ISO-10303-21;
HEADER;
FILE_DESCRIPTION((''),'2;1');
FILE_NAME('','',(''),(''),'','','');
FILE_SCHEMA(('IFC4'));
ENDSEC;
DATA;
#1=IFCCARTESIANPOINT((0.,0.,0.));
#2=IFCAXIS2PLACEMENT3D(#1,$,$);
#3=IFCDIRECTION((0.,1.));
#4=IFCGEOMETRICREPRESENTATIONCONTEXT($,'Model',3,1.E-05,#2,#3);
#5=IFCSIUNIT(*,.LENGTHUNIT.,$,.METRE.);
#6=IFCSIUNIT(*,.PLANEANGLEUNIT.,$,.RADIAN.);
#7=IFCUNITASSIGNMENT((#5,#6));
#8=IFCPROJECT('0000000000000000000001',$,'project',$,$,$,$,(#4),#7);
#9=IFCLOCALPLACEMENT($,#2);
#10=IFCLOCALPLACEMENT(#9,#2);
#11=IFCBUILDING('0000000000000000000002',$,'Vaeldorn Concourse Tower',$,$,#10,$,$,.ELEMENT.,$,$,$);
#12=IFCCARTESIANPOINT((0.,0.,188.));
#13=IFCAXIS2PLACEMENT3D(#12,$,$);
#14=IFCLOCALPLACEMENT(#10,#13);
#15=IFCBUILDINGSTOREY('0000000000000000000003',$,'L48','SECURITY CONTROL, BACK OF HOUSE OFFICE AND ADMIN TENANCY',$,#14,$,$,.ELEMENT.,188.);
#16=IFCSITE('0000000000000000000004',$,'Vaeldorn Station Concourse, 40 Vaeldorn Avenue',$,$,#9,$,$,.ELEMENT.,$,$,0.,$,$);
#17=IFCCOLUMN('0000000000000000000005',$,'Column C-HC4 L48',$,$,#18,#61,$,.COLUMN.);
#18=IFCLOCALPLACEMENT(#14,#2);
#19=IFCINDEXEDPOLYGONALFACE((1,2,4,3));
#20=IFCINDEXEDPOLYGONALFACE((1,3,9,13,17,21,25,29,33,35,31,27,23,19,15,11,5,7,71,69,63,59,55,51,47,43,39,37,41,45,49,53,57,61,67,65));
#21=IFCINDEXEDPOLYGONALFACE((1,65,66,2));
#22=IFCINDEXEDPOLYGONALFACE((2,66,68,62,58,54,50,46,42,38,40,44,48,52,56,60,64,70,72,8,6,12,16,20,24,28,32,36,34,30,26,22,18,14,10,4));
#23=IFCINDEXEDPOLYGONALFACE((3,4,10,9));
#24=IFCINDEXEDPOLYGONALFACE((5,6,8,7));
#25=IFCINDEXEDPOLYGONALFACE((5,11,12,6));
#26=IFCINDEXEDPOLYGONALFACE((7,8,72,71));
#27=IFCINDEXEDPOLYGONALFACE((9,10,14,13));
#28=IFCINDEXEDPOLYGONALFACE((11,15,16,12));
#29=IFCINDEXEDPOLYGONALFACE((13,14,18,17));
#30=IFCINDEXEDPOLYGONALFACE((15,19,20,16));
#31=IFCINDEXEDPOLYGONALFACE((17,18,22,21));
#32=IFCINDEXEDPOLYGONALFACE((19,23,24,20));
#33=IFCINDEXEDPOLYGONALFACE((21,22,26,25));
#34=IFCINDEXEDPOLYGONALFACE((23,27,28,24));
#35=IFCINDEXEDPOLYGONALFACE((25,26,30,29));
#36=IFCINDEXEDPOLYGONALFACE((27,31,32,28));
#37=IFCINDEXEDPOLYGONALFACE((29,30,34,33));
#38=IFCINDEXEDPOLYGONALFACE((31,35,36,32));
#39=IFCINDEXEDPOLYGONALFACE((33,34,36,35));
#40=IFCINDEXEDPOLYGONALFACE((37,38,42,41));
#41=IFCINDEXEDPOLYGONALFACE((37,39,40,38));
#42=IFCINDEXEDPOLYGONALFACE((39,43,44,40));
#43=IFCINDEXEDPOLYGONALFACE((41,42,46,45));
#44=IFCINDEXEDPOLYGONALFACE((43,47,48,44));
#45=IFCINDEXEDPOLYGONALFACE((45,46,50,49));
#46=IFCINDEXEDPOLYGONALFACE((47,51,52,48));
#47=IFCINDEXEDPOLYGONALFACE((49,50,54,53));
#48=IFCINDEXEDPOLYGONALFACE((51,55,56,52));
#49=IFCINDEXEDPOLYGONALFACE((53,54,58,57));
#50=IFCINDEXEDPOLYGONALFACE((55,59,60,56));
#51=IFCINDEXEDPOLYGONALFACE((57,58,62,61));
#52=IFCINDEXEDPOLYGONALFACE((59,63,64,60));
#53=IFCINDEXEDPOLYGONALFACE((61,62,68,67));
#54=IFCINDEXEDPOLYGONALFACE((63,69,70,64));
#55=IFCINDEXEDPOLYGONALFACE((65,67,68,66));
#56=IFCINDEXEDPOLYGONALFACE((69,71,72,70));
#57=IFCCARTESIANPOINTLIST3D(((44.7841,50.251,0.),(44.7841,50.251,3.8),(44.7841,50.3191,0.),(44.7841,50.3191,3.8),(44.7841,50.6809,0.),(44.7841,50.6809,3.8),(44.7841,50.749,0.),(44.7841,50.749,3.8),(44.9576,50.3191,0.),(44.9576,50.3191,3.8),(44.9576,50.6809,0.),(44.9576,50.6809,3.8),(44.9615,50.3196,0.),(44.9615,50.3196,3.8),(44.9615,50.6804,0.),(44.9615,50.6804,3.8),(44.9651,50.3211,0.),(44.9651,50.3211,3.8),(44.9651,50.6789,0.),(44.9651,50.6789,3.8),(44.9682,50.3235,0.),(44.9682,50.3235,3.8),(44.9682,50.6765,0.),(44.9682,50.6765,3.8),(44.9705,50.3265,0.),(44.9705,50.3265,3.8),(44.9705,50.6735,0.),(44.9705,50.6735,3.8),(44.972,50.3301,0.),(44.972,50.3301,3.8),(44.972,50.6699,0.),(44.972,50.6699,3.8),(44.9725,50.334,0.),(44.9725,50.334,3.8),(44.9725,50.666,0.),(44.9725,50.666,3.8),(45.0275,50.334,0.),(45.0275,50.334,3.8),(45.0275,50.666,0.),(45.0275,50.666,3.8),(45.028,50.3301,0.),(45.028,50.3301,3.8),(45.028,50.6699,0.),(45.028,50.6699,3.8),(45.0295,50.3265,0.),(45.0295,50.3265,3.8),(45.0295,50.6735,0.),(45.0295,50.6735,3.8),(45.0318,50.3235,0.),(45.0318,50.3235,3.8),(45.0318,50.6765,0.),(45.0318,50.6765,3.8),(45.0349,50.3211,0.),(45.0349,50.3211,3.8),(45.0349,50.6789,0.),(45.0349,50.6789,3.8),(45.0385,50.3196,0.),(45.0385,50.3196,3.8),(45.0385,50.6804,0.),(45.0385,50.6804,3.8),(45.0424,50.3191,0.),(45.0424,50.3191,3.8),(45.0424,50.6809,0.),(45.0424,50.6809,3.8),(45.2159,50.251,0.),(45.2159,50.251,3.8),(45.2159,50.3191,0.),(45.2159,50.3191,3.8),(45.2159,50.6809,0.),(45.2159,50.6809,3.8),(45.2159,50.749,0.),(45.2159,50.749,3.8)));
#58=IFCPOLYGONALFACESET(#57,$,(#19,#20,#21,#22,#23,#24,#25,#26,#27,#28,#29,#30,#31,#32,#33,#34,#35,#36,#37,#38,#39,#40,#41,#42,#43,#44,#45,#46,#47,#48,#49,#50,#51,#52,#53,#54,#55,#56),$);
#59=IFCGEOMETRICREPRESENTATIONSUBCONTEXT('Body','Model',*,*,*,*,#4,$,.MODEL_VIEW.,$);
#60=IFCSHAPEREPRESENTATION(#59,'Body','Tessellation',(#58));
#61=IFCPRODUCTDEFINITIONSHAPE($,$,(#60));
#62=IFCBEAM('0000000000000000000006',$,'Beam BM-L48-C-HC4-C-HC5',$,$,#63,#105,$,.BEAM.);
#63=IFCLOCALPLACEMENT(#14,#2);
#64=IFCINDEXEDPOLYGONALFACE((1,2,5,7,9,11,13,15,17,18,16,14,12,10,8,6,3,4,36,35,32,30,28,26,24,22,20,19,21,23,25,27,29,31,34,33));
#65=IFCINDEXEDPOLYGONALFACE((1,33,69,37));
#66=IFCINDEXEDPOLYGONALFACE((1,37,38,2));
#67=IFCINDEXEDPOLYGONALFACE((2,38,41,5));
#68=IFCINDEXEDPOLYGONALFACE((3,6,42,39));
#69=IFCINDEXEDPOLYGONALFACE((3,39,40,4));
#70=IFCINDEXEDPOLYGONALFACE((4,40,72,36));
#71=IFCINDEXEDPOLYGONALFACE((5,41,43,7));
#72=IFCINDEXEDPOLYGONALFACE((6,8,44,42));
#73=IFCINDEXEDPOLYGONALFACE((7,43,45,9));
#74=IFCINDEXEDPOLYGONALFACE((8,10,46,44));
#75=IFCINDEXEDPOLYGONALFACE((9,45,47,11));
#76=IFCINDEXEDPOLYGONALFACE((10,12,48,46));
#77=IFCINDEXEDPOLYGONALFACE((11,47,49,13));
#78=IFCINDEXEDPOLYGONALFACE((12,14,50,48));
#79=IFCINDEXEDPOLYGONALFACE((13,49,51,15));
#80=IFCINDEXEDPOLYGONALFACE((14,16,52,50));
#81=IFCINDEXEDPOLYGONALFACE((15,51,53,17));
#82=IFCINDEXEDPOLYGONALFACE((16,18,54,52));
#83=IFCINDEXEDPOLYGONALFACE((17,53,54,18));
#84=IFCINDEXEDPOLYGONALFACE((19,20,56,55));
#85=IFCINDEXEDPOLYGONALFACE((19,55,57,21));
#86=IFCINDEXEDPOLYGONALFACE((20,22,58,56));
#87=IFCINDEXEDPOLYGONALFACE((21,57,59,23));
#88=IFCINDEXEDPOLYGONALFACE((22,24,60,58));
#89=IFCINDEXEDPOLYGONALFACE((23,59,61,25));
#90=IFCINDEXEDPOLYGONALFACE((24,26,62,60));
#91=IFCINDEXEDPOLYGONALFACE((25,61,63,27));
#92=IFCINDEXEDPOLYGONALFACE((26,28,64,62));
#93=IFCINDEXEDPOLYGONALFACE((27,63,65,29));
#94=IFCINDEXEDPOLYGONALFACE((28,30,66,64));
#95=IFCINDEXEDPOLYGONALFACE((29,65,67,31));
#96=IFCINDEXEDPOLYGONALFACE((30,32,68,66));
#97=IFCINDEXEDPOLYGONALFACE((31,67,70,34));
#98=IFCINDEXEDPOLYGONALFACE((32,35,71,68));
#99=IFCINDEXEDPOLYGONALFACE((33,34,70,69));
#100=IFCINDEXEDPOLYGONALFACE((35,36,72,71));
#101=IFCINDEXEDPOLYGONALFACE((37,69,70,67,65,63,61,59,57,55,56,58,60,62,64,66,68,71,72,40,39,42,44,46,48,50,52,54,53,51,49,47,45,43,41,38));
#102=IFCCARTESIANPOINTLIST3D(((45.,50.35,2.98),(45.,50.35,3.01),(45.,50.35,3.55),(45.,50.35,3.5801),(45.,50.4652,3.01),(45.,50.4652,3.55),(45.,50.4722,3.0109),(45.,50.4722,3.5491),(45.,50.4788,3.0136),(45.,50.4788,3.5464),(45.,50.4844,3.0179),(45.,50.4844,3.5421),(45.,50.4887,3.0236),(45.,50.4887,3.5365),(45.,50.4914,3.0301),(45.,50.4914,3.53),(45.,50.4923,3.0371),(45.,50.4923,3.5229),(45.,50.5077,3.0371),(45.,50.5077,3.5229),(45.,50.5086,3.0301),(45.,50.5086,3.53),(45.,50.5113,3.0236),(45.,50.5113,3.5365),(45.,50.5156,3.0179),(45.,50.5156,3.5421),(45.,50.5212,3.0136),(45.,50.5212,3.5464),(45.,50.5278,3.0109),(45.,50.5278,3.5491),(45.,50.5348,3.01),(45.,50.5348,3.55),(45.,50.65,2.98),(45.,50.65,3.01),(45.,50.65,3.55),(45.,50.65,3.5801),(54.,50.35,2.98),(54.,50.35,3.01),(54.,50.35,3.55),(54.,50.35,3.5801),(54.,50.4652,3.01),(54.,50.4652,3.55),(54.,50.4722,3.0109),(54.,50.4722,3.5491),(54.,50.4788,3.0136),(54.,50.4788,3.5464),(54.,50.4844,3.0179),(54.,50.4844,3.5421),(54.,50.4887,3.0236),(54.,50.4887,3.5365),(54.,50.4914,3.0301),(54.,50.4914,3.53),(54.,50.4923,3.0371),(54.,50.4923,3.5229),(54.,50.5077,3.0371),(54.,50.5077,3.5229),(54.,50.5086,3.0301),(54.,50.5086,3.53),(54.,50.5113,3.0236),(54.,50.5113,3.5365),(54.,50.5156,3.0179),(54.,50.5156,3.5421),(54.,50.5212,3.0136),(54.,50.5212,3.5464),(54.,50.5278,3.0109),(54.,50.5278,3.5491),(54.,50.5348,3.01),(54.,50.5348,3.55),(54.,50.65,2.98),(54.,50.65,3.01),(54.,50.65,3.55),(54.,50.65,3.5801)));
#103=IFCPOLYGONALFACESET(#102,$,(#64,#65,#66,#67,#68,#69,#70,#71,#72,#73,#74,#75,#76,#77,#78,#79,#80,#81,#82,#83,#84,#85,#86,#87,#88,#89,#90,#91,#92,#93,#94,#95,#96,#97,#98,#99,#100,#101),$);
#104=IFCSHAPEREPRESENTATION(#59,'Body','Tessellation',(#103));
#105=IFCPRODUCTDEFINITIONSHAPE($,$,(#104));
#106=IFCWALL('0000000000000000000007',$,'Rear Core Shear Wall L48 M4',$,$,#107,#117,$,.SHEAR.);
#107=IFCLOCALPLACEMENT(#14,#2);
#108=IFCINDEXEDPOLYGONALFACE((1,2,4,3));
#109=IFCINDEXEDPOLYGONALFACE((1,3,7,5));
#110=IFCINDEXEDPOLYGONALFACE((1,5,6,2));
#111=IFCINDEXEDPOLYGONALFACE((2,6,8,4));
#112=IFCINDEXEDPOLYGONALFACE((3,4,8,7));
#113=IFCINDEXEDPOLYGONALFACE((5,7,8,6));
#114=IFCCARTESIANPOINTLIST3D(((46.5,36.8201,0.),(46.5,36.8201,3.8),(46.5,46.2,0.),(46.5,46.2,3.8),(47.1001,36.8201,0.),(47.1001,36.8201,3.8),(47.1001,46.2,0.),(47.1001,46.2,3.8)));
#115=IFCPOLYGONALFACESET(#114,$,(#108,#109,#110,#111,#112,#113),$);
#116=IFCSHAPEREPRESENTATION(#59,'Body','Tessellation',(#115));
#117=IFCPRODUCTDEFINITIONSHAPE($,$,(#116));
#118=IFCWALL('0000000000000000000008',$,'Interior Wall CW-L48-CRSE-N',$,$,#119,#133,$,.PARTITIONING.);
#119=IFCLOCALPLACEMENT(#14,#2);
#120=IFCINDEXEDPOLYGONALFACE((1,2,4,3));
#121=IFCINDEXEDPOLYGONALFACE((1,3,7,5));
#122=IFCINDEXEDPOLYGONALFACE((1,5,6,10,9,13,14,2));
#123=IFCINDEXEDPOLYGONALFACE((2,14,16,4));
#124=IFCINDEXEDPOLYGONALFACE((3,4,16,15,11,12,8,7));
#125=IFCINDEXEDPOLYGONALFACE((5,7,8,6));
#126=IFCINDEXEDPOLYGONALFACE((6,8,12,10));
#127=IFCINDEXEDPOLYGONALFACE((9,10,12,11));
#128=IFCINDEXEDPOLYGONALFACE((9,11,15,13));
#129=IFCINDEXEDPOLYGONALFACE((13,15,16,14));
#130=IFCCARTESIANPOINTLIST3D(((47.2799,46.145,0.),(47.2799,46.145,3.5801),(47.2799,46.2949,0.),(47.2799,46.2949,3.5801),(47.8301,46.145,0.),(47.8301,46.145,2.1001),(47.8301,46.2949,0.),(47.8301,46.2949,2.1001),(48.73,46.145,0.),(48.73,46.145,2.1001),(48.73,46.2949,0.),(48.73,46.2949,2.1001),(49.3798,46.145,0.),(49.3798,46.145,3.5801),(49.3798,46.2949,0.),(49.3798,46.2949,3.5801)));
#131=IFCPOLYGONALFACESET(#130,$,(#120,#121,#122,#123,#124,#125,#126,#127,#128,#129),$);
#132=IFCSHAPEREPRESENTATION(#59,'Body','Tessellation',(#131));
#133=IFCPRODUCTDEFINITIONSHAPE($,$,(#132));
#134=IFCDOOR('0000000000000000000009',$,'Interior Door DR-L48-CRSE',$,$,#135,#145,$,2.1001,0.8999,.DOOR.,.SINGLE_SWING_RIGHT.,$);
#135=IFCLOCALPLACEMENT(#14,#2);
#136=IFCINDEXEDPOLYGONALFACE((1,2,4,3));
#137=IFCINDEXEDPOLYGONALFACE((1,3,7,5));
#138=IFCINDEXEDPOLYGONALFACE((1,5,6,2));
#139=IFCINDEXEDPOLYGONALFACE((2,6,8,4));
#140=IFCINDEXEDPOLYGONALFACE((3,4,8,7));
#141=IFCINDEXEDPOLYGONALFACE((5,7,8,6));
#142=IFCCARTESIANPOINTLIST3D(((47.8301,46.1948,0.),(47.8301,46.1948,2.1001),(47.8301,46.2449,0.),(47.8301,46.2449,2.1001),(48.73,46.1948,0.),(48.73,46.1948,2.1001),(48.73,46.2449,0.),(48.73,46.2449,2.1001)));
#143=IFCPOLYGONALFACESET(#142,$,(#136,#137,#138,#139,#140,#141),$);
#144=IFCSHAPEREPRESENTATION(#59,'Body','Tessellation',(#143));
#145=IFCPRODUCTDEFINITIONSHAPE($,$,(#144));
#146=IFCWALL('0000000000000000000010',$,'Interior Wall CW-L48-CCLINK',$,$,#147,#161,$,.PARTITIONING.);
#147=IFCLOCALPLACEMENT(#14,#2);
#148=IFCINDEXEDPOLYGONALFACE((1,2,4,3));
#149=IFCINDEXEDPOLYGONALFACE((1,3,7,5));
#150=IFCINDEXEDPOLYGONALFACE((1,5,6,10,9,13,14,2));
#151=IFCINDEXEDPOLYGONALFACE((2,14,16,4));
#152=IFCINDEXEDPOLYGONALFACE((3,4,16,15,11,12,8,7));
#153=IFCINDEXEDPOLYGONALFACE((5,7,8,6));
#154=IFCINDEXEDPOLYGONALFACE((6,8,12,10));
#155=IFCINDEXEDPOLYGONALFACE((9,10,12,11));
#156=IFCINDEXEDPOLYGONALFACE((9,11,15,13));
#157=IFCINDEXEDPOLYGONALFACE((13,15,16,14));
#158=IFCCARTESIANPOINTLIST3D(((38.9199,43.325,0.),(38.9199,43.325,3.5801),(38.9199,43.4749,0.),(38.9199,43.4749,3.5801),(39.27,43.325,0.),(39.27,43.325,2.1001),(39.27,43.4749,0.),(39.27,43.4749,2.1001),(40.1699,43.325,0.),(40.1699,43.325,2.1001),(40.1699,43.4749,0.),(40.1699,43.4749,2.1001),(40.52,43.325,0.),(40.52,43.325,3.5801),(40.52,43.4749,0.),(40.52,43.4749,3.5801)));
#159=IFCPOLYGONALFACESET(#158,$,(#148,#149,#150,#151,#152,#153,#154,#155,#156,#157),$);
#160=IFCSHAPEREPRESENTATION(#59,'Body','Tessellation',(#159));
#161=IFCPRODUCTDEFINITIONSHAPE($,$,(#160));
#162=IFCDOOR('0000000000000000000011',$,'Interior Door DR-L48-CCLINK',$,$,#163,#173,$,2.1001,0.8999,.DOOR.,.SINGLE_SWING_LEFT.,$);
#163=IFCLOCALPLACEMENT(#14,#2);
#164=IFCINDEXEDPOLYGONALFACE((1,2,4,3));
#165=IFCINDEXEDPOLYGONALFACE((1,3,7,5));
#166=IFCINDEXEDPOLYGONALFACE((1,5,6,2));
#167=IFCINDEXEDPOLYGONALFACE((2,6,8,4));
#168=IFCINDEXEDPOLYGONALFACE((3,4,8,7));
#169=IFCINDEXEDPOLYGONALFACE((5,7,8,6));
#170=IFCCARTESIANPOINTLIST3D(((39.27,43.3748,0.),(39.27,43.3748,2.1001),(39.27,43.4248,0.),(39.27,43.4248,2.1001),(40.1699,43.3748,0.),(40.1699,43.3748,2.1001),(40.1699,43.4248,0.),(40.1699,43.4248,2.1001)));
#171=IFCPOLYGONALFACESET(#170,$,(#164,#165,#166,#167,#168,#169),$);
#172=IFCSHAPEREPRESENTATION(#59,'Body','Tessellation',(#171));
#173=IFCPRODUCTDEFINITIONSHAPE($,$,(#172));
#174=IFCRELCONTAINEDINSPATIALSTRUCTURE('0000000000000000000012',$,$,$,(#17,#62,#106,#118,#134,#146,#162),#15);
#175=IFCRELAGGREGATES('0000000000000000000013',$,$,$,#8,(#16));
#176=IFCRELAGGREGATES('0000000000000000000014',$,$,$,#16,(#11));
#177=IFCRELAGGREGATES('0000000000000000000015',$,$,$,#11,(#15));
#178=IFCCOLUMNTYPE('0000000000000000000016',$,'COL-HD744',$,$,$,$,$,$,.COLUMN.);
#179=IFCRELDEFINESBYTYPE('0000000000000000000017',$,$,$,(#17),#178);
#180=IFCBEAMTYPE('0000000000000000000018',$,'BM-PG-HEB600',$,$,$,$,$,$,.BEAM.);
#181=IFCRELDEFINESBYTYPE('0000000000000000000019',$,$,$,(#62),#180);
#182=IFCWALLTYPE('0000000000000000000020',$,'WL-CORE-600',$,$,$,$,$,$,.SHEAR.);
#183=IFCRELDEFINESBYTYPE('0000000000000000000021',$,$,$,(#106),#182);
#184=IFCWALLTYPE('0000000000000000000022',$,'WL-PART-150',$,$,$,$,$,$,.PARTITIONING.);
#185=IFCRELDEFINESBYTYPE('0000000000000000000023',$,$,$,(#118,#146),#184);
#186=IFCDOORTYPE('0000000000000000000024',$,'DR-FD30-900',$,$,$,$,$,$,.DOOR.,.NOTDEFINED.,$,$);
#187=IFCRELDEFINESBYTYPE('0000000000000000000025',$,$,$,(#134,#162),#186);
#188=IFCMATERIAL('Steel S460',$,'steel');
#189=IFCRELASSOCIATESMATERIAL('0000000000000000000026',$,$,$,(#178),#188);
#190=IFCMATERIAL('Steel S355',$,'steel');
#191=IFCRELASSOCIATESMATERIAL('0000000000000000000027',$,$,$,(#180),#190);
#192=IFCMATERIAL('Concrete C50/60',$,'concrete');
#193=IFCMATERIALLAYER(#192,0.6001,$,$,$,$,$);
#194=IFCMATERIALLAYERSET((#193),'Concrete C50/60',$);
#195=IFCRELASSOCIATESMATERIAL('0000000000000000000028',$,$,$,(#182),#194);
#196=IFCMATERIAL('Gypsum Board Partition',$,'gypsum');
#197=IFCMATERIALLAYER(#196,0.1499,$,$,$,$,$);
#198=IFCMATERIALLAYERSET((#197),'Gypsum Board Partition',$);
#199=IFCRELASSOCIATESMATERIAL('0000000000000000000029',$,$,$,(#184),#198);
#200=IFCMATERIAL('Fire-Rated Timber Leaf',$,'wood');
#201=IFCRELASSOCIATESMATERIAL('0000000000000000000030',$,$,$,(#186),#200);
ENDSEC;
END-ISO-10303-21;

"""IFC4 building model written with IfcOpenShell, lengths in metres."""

from ifc_helpers import new_model, si_unit, direction, frame, frame_2d, origin, origin_2d, place, context, subcontext, project, spatial, rectangle, i_section, extrude, source, transform, mapped, material, layer, layer_set, material_profile, profile_set, type_object, element, fill, save


model = new_model("IFC4")

# Units and contexts
model_context = context("Model", 3, precision=1e-05, world=origin(), true_north=direction((0.0, 1.0)))
body_context = subcontext(model_context, "Body", "Model", "MODEL_VIEW")
ifc_project = project(units=[si_unit("LENGTHUNIT", "METRE"), si_unit("PLANEANGLEUNIT", "RADIAN")], contexts=[model_context])

# Site, building, storey
site_placement = place(None, origin())
site = spatial("IfcSite", under=ifc_project, at=site_placement, Name="Vaeldorn Station Concourse, 40 Vaeldorn Avenue", CompositionType="ELEMENT", RefElevation=0.0)
building_placement = place(site_placement, origin())
building = spatial("IfcBuilding", under=site, at=building_placement, Name="Vaeldorn Concourse Tower", CompositionType="ELEMENT")
storey_placement = place(building_placement, frame((0.0, 0.0, 188.0)))
storey = spatial("IfcBuildingStorey", under=building, at=storey_placement, Name="L48", Description="SECURITY CONTROL, BACK OF HOUSE OFFICE AND ADMIN TENANCY", CompositionType="ELEMENT", Elevation=188.0)

# Column
ifc_material_1 = material(Name="Steel S460", Category="steel")
ifc_material_profile_1 = material_profile(ifc_material_1, i_section(OverallWidth=0.4319, OverallDepth=0.498, WebThickness=0.0549, FlangeThickness=0.0681, FilletRadius=0.0149, at=origin_2d()), Name="HD 400x744")
ifc_profile_set_1 = profile_set([ifc_material_profile_1], Name="Steel S460")
column_type = type_object("IfcColumnType", Name="COL-HD744", PredefinedType="COLUMN", material=ifc_profile_set_1)
shared_shape_1 = source(origin(), body_context, "Body", "SweptSolid", [
    extrude(i_section(OverallWidth=0.4319, OverallDepth=0.498, WebThickness=0.0549, FlangeThickness=0.0681, FilletRadius=0.0149, at=origin_2d()), origin(), (0.0, 0.0, 1.0), 3.8),
])
column_placement = place(storey_placement, frame((45.0, 50.5, 0.0), z_axis=(0.0, 0.0, 1.0), x_axis=(1.0, 0.0, 0.0)))
element("IfcColumn", 1, at=column_placement, inside=storey, type_object=column_type, Name="Column C-HC4 L48", PredefinedType="COLUMN", context=body_context, shape_type="MappedRepresentation", body=[
    mapped(shared_shape_1, transform((0.0, 0.0, 0.0), scale=1.0)),
])

# Beam
ifc_material_2 = material(Name="Steel S355", Category="steel")
ifc_material_profile_2 = material_profile(ifc_material_2, i_section(OverallWidth=0.3, OverallDepth=0.6001, WebThickness=0.0154, FlangeThickness=0.03, FilletRadius=0.0271, at=origin_2d()), Name="HEB 600")
ifc_profile_set_2 = profile_set([ifc_material_profile_2], Name="Steel S355")
beam_type = type_object("IfcBeamType", Name="BM-PG-HEB600", PredefinedType="BEAM", material=ifc_profile_set_2)
shared_shape_2 = source(origin(), body_context, "Body", "SweptSolid", [
    extrude(i_section(OverallWidth=0.3, OverallDepth=0.6001, WebThickness=0.0154, FlangeThickness=0.03, FilletRadius=0.0271, at=origin_2d()), origin(), (0.0, 0.0, 1.0), 9.0),
])
beam_placement = place(storey_placement, frame((45.0, 50.5, 3.28), z_axis=(1.0, 0.0, 0.0), x_axis=(0.0, 1.0, 0.0)))
element("IfcBeam", 2, at=beam_placement, inside=storey, type_object=beam_type, Name="Beam BM-L48-C-HC4-C-HC5", PredefinedType="BEAM", context=body_context, shape_type="MappedRepresentation", body=[
    mapped(shared_shape_2, transform((0.0, 0.0, 0.0), scale=1.0)),
])

# Wall
ifc_material_3 = material(Name="Concrete C50/60", Category="concrete")
ifc_layer_1 = layer(ifc_material_3, 0.6001)
ifc_layer_set_1 = layer_set([ifc_layer_1], Name="Concrete C50/60")
wall_type_1 = type_object("IfcWallType", Name="WL-CORE-600", PredefinedType="SHEAR", material=ifc_layer_set_1)
wall_1_placement = place(storey_placement, frame((46.8, 36.8201, 0.0), z_axis=(0.0, 0.0, 1.0), x_axis=(0.0, 1.0, 0.0)))
element("IfcWall", 3, at=wall_1_placement, inside=storey, type_object=wall_type_1, Name="Rear Core Shear Wall L48 M4", PredefinedType="SHEAR", context=body_context, shape_type="SweptSolid", body=[
    extrude(rectangle(XDim=9.3799, YDim=0.6001, at=frame_2d((4.6899, 0.0))), origin(), (0.0, 0.0, 1.0), 3.8),
])

# Walls, openings, doors
ifc_material_4 = material(Name="Gypsum Board Partition", Category="gypsum")
ifc_layer_2 = layer(ifc_material_4, 0.1499)
ifc_layer_set_2 = layer_set([ifc_layer_2], Name="Gypsum Board Partition")
wall_type_2 = type_object("IfcWallType", Name="WL-PART-150", PredefinedType="PARTITIONING", material=ifc_layer_set_2)
wall_2_placement = place(storey_placement, frame((47.28, 46.22, 0.0), z_axis=(0.0, 0.0, 1.0), x_axis=(1.0, 0.0, 0.0)))
wall_2 = element("IfcWall", 4, at=wall_2_placement, inside=storey, type_object=wall_type_2, Name="Interior Wall CW-L48-CRSE-N", PredefinedType="PARTITIONING", context=body_context, shape_type="SweptSolid", body=[
    extrude(rectangle(XDim=2.0999, YDim=0.1499, at=frame_2d((1.0498, 0.0))), origin(), (0.0, 0.0, 1.0), 3.5801),
])
opening_1_placement = place(wall_2_placement, frame((0.55, 0.0, 0.0)))
opening_1 = element("IfcOpeningElement", 5, at=opening_1_placement, cuts=wall_2, PredefinedType="OPENING", context=body_context, shape_type="SweptSolid", body=[
    extrude(rectangle(XDim=0.8999, YDim=2.1001, at=frame_2d((0.45, 1.05))), frame((0.0, 0.085, 0.0), z_axis=(0.0, -1.0, 0.0), x_axis=(1.0, 0.0, 0.0)), (0.0, 0.0, 1.0), 0.1699),
])
ifc_material_5 = material(Name="Fire-Rated Timber Leaf", Category="wood")
door_type_1 = type_object("IfcDoorType", Name="DR-FD30-900", OperationType="NOTDEFINED", PredefinedType="DOOR", material=ifc_material_5)
shared_shape_3 = source(origin(), body_context, "Body", "SweptSolid", [
    extrude(rectangle(XDim=0.8999, YDim=2.1001, at=frame_2d((0.45, 1.05))), frame((0.0, 0.0249, 0.0), z_axis=(0.0, -1.0, 0.0), x_axis=(1.0, 0.0, 0.0)), (0.0, 0.0, 1.0), 0.05),
])
door_1_placement = place(opening_1_placement, origin())
door_1 = element("IfcDoor", 6, at=door_1_placement, inside=storey, type_object=door_type_1, Name="Interior Door DR-L48-CRSE", OperationType="SINGLE_SWING_RIGHT", OverallHeight=2.1001, OverallWidth=0.8999, PredefinedType="DOOR", context=body_context, shape_type="MappedRepresentation", body=[
    mapped(shared_shape_3, transform((0.0, 0.0, 0.0), scale=1.0)),
])
fill(opening_1, door_1)
wall_3_placement = place(storey_placement, frame((38.9199, 43.3999, 0.0), z_axis=(0.0, 0.0, 1.0), x_axis=(1.0, 0.0, 0.0)))
wall_3 = element("IfcWall", 7, at=wall_3_placement, inside=storey, type_object=wall_type_2, Name="Interior Wall CW-L48-CCLINK", PredefinedType="PARTITIONING", context=body_context, shape_type="SweptSolid", body=[
    extrude(rectangle(XDim=1.6001, YDim=0.1499, at=frame_2d((0.8, 0.0))), origin(), (0.0, 0.0, 1.0), 3.5801),
])
opening_2_placement = place(wall_3_placement, frame((0.3501, 0.0, 0.0)))
opening_2 = element("IfcOpeningElement", 8, at=opening_2_placement, cuts=wall_3, PredefinedType="OPENING", context=body_context, shape_type="SweptSolid", body=[
    extrude(rectangle(XDim=0.8999, YDim=2.1001, at=frame_2d((0.45, 1.05))), frame((0.0, 0.085, 0.0), z_axis=(0.0, -1.0, 0.0), x_axis=(1.0, 0.0, 0.0)), (0.0, 0.0, 1.0), 0.1699),
])
door_2_placement = place(opening_2_placement, origin())
door_2 = element("IfcDoor", 9, at=door_2_placement, inside=storey, type_object=door_type_1, Name="Interior Door DR-L48-CCLINK", OperationType="SINGLE_SWING_LEFT", OverallHeight=2.1001, OverallWidth=0.8999, PredefinedType="DOOR", context=body_context, shape_type="MappedRepresentation", body=[
    mapped(shared_shape_3, transform((0.0, 0.0, 0.0), scale=1.0)),
])
fill(opening_2, door_2)

save(model, "model.ifc")
